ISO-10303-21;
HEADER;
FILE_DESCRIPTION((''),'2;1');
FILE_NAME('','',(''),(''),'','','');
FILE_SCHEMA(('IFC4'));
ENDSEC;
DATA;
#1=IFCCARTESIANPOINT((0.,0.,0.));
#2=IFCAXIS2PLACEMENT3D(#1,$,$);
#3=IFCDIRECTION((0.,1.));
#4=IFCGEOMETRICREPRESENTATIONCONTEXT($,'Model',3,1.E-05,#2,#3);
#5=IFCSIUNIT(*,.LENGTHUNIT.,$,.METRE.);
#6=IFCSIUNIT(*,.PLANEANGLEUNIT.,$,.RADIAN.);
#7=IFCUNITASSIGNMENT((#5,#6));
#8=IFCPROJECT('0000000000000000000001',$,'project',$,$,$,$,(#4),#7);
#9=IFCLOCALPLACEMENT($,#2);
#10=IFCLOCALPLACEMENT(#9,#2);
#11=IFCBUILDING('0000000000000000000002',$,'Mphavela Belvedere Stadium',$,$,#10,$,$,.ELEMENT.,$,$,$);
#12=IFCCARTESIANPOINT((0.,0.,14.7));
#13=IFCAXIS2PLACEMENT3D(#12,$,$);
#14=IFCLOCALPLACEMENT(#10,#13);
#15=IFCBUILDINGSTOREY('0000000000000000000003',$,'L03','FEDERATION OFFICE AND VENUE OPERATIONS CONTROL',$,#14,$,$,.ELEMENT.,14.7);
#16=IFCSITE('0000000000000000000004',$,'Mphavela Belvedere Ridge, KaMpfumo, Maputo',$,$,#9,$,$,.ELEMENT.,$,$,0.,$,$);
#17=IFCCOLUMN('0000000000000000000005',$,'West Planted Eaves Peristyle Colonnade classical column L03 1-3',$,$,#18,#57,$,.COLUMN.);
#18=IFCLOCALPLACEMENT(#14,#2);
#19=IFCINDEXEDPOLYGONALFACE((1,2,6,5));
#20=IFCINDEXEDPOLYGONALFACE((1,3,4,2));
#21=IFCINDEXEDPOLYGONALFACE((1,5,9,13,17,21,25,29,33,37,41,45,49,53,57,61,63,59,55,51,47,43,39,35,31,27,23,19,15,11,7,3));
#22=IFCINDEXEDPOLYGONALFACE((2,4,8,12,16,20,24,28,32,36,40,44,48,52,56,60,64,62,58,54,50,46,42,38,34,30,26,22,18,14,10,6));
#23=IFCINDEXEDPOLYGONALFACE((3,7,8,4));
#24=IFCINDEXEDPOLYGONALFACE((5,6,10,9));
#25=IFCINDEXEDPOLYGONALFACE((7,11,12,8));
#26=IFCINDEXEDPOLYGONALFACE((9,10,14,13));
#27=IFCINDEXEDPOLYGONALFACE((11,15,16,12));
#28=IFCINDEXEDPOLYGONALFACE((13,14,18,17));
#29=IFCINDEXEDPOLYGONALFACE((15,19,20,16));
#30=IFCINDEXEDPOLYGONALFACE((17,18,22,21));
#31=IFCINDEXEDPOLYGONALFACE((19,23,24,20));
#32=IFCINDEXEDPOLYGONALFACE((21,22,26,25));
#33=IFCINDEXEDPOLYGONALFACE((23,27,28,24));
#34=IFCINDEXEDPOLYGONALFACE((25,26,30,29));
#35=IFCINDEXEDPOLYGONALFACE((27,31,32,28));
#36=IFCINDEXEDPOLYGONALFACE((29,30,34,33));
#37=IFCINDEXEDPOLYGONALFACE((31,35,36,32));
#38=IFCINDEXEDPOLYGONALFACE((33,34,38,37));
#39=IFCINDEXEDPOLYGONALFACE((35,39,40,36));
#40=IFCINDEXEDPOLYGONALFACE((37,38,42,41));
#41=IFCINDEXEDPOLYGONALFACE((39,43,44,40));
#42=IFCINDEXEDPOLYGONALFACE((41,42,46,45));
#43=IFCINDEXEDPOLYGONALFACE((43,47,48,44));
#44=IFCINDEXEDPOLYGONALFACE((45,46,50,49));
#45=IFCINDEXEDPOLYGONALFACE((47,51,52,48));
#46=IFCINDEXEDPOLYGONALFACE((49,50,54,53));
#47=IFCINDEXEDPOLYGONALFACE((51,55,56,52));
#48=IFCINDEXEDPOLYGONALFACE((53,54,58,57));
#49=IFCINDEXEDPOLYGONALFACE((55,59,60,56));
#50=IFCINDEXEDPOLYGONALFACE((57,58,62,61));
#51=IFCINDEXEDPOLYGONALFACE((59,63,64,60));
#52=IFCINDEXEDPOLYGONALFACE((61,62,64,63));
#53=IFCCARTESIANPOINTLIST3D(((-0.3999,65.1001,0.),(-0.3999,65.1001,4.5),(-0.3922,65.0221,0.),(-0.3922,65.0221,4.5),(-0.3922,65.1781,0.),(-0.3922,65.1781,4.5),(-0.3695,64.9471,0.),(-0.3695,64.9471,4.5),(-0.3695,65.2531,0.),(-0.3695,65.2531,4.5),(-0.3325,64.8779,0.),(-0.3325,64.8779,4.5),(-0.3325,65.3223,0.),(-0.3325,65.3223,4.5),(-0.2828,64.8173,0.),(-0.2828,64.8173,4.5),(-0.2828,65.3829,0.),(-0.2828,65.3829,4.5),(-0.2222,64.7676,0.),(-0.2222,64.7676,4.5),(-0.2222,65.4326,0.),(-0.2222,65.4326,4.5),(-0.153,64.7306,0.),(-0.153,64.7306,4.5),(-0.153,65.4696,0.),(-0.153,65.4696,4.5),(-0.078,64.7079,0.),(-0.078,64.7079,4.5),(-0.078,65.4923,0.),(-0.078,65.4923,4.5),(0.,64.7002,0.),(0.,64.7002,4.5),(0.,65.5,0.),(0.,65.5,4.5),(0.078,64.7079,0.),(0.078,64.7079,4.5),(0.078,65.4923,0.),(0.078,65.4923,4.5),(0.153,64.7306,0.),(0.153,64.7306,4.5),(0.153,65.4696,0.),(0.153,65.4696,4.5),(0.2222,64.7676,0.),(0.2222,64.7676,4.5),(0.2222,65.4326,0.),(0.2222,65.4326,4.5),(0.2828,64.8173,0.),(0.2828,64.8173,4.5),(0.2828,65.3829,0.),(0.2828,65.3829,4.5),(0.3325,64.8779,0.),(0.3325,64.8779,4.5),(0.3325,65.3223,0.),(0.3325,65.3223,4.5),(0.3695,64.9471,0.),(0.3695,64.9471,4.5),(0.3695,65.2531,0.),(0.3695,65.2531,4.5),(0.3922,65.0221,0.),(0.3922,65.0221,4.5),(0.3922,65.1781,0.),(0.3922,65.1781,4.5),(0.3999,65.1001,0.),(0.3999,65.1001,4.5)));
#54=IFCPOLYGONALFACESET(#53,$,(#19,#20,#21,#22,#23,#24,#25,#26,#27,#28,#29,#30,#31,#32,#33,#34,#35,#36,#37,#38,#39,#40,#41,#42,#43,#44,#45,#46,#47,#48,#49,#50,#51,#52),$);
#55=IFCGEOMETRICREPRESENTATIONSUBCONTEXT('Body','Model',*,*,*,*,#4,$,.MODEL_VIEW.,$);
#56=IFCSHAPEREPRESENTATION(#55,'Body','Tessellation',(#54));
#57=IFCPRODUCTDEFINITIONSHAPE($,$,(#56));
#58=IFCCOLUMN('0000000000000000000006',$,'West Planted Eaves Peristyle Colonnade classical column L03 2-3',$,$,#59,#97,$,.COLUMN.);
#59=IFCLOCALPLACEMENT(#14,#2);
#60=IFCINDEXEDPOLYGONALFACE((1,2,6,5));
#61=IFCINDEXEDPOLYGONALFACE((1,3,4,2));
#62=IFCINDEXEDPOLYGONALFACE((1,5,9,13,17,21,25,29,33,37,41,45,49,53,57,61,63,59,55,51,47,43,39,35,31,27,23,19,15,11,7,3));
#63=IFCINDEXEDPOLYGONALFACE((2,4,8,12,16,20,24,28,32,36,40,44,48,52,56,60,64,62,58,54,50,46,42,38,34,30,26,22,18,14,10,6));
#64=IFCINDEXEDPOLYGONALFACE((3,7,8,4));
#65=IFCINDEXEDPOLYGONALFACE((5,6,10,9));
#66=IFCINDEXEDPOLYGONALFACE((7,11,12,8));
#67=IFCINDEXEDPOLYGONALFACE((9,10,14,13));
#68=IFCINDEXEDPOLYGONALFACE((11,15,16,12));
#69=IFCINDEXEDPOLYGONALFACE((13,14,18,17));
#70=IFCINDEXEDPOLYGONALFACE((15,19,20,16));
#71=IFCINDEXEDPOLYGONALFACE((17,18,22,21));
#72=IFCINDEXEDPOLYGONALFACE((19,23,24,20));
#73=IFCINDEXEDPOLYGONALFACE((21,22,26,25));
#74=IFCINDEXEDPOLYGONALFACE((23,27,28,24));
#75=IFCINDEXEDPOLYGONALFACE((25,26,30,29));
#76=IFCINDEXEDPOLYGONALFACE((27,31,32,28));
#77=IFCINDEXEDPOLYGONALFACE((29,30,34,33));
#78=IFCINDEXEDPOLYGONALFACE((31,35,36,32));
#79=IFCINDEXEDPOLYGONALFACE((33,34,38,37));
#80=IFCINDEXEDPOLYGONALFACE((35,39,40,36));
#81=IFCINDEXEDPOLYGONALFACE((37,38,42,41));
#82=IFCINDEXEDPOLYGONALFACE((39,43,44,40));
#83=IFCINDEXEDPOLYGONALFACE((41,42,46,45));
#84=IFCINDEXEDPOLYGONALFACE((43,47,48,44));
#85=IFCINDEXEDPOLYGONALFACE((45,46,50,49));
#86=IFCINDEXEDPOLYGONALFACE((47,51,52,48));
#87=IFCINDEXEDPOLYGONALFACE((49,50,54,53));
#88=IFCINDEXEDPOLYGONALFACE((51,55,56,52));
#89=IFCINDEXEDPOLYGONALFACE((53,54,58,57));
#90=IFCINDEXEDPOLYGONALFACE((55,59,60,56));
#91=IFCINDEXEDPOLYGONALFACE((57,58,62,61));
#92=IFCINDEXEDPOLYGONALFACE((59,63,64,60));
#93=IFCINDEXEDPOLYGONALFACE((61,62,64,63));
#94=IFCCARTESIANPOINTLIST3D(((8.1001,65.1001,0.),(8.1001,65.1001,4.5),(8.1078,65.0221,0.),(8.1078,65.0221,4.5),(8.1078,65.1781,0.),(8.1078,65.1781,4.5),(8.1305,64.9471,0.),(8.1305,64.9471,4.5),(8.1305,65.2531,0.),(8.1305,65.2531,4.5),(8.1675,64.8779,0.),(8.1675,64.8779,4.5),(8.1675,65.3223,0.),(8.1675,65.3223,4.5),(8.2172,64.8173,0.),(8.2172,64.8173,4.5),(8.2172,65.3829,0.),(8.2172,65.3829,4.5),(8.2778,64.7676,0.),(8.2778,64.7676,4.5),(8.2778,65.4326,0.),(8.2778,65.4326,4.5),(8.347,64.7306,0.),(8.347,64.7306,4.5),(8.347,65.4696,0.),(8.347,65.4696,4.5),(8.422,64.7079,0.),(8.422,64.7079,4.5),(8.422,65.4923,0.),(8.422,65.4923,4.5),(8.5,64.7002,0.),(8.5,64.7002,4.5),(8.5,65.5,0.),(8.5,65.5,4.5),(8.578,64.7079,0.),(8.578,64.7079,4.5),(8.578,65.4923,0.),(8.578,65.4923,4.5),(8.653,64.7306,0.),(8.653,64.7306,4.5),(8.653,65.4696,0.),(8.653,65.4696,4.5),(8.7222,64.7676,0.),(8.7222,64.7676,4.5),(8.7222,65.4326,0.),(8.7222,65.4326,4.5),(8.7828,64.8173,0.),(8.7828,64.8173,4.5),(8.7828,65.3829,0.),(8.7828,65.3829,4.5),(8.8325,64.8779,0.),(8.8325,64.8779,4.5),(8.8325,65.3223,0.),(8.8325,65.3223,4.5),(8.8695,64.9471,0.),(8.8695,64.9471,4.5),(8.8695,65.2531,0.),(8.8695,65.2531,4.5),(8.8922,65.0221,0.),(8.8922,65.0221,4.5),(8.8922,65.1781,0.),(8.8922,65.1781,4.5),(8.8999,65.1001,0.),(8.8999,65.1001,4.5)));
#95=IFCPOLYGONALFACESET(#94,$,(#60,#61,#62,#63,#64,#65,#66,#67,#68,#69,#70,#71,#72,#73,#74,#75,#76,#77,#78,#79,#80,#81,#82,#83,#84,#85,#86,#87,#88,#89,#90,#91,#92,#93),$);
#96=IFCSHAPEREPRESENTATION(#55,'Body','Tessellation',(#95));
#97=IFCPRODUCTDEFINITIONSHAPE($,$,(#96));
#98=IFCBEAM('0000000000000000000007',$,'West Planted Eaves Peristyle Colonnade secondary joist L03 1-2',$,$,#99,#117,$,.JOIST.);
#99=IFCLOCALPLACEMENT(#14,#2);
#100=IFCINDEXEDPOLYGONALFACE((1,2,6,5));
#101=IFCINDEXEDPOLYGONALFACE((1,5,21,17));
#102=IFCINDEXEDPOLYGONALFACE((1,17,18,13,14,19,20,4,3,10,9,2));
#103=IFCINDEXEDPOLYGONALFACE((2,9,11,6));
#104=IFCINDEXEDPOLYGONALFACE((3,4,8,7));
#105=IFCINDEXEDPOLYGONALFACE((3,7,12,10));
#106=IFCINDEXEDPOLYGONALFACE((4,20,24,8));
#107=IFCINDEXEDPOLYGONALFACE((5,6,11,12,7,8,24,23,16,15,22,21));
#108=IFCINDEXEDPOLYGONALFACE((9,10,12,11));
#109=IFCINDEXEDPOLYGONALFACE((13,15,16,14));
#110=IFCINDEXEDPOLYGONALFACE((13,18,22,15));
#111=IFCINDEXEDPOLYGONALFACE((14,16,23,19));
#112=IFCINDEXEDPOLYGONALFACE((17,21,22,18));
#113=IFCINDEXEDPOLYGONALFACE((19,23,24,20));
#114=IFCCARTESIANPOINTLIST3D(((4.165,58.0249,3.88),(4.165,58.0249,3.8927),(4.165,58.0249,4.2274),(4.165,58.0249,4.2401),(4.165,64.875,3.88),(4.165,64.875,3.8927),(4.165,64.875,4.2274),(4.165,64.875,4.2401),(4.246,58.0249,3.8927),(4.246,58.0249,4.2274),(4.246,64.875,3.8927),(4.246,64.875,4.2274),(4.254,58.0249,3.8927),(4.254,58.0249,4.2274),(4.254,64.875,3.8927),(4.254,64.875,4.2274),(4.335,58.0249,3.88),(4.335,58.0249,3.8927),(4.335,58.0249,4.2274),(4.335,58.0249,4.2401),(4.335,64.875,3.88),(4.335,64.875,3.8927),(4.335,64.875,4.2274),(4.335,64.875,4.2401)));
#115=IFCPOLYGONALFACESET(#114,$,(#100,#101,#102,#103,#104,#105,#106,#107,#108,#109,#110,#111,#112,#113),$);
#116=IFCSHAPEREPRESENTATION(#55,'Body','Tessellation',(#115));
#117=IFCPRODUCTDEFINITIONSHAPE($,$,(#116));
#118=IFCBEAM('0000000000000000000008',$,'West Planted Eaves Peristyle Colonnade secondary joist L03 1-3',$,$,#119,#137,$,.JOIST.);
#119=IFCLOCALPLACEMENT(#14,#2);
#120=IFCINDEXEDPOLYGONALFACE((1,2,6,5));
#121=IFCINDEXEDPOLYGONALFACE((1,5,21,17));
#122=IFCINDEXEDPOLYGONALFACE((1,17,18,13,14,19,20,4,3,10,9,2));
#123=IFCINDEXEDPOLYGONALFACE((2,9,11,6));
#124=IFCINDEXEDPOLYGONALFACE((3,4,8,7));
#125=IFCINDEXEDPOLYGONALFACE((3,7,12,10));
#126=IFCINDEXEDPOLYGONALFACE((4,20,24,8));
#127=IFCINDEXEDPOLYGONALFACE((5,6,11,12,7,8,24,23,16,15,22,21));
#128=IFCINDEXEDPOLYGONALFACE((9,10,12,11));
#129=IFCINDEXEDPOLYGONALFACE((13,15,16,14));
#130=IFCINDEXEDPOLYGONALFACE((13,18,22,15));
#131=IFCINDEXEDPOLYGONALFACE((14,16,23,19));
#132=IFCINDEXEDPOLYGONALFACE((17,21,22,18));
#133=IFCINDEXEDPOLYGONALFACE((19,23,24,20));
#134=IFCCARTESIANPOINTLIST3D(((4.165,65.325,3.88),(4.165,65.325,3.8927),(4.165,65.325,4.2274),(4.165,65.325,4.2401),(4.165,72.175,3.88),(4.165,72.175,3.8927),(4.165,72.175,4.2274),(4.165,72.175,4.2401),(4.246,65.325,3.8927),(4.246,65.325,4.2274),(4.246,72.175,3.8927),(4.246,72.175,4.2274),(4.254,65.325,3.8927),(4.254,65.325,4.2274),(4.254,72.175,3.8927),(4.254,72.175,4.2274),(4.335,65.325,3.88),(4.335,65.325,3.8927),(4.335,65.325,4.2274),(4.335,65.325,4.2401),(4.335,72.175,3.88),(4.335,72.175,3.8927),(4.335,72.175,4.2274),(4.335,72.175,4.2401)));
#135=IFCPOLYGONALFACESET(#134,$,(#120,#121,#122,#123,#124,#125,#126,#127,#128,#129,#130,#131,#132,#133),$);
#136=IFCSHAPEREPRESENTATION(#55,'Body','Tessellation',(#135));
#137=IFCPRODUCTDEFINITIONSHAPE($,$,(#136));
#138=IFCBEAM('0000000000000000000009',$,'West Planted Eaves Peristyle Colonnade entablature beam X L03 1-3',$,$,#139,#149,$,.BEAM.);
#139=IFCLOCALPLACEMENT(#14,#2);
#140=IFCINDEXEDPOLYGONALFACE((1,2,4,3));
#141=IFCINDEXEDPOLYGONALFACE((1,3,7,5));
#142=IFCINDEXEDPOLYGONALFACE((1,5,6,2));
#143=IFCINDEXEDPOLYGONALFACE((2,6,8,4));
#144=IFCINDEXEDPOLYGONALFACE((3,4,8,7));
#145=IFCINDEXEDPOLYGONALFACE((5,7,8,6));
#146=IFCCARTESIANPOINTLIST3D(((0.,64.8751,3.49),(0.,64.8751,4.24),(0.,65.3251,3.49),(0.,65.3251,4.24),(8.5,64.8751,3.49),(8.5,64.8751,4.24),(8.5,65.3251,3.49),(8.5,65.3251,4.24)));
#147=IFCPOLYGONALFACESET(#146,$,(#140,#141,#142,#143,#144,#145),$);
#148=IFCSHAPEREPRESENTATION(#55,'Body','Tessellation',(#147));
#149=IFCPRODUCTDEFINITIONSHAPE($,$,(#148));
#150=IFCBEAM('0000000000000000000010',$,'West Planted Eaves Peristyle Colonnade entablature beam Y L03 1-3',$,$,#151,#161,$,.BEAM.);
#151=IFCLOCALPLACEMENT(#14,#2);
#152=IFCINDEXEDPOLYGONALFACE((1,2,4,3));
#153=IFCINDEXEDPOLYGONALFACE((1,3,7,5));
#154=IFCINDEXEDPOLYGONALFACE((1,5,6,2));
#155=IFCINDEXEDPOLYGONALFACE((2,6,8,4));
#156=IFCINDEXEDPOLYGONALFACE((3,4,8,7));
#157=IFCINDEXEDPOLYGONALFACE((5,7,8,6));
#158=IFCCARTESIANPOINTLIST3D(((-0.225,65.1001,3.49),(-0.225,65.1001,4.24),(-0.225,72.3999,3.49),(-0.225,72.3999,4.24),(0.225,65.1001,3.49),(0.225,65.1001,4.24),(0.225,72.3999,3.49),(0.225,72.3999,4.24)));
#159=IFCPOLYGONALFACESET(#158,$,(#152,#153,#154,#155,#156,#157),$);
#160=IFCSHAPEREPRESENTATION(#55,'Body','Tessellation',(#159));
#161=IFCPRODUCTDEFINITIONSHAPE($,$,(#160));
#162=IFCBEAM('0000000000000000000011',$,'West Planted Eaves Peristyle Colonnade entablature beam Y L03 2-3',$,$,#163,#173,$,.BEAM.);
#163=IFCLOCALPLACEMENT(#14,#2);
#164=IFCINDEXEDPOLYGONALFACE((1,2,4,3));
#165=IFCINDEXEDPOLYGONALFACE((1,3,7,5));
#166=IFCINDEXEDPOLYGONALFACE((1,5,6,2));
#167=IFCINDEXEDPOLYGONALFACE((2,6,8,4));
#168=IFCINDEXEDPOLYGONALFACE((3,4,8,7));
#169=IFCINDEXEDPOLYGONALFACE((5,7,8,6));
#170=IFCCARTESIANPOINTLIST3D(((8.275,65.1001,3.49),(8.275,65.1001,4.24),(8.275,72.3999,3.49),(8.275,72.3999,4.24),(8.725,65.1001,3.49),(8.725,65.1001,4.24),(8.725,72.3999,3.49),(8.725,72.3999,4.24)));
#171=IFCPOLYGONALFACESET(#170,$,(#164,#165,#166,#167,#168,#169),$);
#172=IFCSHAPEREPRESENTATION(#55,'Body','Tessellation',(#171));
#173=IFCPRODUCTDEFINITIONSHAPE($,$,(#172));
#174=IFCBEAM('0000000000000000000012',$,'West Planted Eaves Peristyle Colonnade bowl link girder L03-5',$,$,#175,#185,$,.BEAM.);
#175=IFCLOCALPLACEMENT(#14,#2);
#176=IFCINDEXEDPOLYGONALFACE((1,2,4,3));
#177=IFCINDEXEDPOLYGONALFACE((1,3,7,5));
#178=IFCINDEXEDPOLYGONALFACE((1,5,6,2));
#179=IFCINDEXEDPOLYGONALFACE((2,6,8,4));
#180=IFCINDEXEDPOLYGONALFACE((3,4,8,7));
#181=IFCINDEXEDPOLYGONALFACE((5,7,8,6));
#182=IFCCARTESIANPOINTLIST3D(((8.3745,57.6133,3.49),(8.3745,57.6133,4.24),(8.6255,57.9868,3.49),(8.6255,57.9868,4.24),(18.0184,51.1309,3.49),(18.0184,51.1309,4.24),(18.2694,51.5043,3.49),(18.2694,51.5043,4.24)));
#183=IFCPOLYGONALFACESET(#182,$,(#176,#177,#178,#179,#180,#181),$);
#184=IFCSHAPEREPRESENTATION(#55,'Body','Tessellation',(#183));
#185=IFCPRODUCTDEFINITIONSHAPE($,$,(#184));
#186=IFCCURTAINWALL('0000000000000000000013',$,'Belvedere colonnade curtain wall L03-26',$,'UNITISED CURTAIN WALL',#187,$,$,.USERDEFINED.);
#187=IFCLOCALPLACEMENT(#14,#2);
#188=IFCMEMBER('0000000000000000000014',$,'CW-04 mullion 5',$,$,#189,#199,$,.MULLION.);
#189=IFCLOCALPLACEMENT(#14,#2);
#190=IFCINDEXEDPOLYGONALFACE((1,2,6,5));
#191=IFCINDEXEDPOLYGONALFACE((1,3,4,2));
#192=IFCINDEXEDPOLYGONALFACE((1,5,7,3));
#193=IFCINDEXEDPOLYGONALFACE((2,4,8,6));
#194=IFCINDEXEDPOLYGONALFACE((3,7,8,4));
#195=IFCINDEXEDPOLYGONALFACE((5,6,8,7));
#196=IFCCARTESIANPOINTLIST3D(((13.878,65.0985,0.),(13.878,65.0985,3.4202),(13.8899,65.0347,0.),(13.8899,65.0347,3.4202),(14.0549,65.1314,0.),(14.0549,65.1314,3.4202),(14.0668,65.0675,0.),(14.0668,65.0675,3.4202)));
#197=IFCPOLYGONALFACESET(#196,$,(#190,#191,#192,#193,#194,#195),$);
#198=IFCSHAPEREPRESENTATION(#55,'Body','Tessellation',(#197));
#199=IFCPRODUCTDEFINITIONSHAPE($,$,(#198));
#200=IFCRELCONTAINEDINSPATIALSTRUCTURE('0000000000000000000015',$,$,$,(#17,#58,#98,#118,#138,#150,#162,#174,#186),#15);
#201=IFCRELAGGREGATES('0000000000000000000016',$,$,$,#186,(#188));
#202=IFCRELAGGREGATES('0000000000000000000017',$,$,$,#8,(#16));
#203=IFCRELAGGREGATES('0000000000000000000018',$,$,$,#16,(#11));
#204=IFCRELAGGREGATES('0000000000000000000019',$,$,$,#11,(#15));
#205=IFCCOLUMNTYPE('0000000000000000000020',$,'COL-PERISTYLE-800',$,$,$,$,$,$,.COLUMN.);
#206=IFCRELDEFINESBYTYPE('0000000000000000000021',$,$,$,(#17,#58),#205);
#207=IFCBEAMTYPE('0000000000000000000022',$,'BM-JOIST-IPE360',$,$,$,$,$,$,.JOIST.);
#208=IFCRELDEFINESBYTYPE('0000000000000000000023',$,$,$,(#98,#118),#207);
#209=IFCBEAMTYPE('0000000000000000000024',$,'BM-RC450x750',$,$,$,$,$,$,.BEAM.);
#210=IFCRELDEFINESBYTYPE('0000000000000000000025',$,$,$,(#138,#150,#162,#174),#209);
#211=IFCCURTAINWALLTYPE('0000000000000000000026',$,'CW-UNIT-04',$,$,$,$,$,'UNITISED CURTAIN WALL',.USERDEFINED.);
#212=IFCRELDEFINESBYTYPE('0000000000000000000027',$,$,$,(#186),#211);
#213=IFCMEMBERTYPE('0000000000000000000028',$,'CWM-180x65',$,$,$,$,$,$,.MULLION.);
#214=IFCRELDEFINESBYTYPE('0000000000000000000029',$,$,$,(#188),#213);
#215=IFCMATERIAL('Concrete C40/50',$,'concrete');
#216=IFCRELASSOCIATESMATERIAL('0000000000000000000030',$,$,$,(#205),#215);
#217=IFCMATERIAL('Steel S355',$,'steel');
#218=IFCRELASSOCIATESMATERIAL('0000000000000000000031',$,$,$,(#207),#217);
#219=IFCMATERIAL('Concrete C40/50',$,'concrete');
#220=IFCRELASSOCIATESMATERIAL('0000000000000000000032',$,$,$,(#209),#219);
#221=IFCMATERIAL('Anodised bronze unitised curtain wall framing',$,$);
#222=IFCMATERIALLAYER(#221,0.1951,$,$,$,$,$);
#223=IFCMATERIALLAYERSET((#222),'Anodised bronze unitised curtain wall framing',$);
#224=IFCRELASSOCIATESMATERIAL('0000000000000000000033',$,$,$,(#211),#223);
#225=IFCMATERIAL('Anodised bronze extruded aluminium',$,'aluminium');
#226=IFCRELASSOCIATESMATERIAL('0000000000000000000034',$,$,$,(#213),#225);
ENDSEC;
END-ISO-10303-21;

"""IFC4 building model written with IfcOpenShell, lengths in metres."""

from ifc_helpers import new_model, si_unit, direction, frame, origin, origin_2d, place, context, subcontext, project, spatial, rectangle, circle, i_section, extrude, material, layer, layer_set, material_profile, profile_set, type_object, element, aggregate, save


model = new_model("IFC4")

# Units and contexts
model_context = context("Model", 3, precision=1e-05, world=origin(), true_north=direction((0.0, 1.0)))
body_context = subcontext(model_context, "Body", "Model", "MODEL_VIEW")
ifc_project = project(units=[si_unit("LENGTHUNIT", "METRE"), si_unit("PLANEANGLEUNIT", "RADIAN")], contexts=[model_context])

# Site, building, storey
site_placement = place(None, origin())
site = spatial("IfcSite", under=ifc_project, at=site_placement, Name="Mphavela Belvedere Ridge, KaMpfumo, Maputo", CompositionType="ELEMENT", RefElevation=0.0)
building_placement = place(site_placement, origin())
building = spatial("IfcBuilding", under=site, at=building_placement, Name="Mphavela Belvedere Stadium", CompositionType="ELEMENT")
storey_placement = place(building_placement, frame((0.0, 0.0, 14.7)))
storey = spatial("IfcBuildingStorey", under=building, at=storey_placement, Name="L03", Description="FEDERATION OFFICE AND VENUE OPERATIONS CONTROL", CompositionType="ELEMENT", Elevation=14.7)

# Columns
ifc_material_1 = material(Name="Concrete C40/50", Category="concrete")
ifc_material_profile_1 = material_profile(ifc_material_1, circle(Radius=0.3999, at=origin_2d()), Name="COL D800")
ifc_profile_set_1 = profile_set([ifc_material_profile_1], Name="Concrete C40/50")
column_type = type_object("IfcColumnType", Name="COL-PERISTYLE-800", PredefinedType="COLUMN", material=ifc_profile_set_1)
for number, where, z_axis, x_axis, name in (
    (1, (0.0, 65.1001, 0.0), (0.0, 0.0, 1.0), (1.0, 0.0, 0.0), "West Planted Eaves Peristyle Colonnade classical column L03 1-3"),
    (2, (8.5, 65.1001, 0.0), (0.0, 0.0, 1.0), (1.0, 0.0, 0.0), "West Planted Eaves Peristyle Colonnade classical column L03 2-3"),
):
    element("IfcColumn", number, at=place(storey_placement, frame(where, z_axis=z_axis, x_axis=x_axis)), inside=storey, type_object=column_type, Name=name, PredefinedType="COLUMN", context=body_context, shape_type="SweptSolid", body=[
        extrude(circle(Radius=0.3999, at=origin_2d()), origin(), (0.0, 0.0, 1.0), 4.5),
    ])

# Beams
ifc_material_2 = material(Name="Steel S355", Category="steel")
ifc_material_profile_2 = material_profile(ifc_material_2, i_section(OverallWidth=0.1699, OverallDepth=0.3601, WebThickness=0.0081, FlangeThickness=0.0127, at=origin_2d()), Name="IPE 360")
ifc_profile_set_2 = profile_set([ifc_material_profile_2], Name="Steel S355")
beam_type_1 = type_object("IfcBeamType", Name="BM-JOIST-IPE360", PredefinedType="JOIST", material=ifc_profile_set_2)
for number, where, z_axis, x_axis, name in (
    (3, (4.25, 58.0249, 4.0601), (0.0, 1.0, 0.0), (-1.0, 0.0, 0.0), "West Planted Eaves Peristyle Colonnade secondary joist L03 1-2"),
    (4, (4.25, 65.325, 4.0601), (0.0, 1.0, 0.0), (-1.0, 0.0, 0.0), "West Planted Eaves Peristyle Colonnade secondary joist L03 1-3"),
):
    element("IfcBeam", number, at=place(storey_placement, frame(where, z_axis=z_axis, x_axis=x_axis)), inside=storey, type_object=beam_type_1, Name=name, PredefinedType="JOIST", context=body_context, shape_type="SweptSolid", body=[
        extrude(i_section(OverallWidth=0.1699, OverallDepth=0.3601, WebThickness=0.0081, FlangeThickness=0.0127, at=origin_2d()), origin(), (0.0, 0.0, 1.0), 6.8501),
    ])
ifc_material_3 = material(Name="Concrete C40/50", Category="concrete")
ifc_material_profile_3 = material_profile(ifc_material_3, rectangle(XDim=0.45, YDim=0.75, at=origin_2d()), Name="RC 450x750")
ifc_profile_set_3 = profile_set([ifc_material_profile_3], Name="Concrete C40/50")
beam_type_2 = type_object("IfcBeamType", Name="BM-RC450x750", PredefinedType="BEAM", material=ifc_profile_set_3)
beam_1_placement = place(storey_placement, frame((0.0, 65.1001, 3.865), z_axis=(1.0, 0.0, 0.0), x_axis=(0.0, 1.0, 0.0)))
element("IfcBeam", 5, at=beam_1_placement, inside=storey, type_object=beam_type_2, Name="West Planted Eaves Peristyle Colonnade entablature beam X L03 1-3", PredefinedType="BEAM", context=body_context, shape_type="SweptSolid", body=[
    extrude(rectangle(XDim=0.45, YDim=0.75, at=origin_2d()), origin(), (0.0, 0.0, 1.0), 8.5),
])
for number, where, z_axis, x_axis, name in (
    (6, (0.0, 65.1001, 3.865), (0.0, 1.0, 0.0), (-1.0, 0.0, 0.0), "West Planted Eaves Peristyle Colonnade entablature beam Y L03 1-3"),
    (7, (8.5, 65.1001, 3.865), (0.0, 1.0, 0.0), (-1.0, 0.0, 0.0), "West Planted Eaves Peristyle Colonnade entablature beam Y L03 2-3"),
):
    element("IfcBeam", number, at=place(storey_placement, frame(where, z_axis=z_axis, x_axis=x_axis)), inside=storey, type_object=beam_type_2, Name=name, PredefinedType="BEAM", context=body_context, shape_type="SweptSolid", body=[
        extrude(rectangle(XDim=0.45, YDim=0.75, at=origin_2d()), origin(), (0.0, 0.0, 1.0), 7.2998),
    ])
beam_2_placement = place(storey_placement, frame((8.5, 57.8, 3.865), z_axis=(0.82993, -0.557867, 0.0), x_axis=(0.557867, 0.82993, 0.0)))
element("IfcBeam", 8, at=beam_2_placement, inside=storey, type_object=beam_type_2, Name="West Planted Eaves Peristyle Colonnade bowl link girder L03-5", PredefinedType="BEAM", context=body_context, shape_type="SweptSolid", body=[
    extrude(rectangle(XDim=0.45, YDim=0.75, at=origin_2d()), origin(), (0.0, 0.0, 1.0), 11.6201),
])

# Curtain wall, member
ifc_material_4 = material(Name="Anodised bronze unitised curtain wall framing")
ifc_layer_1 = layer(ifc_material_4, 0.1951)
ifc_layer_set_1 = layer_set([ifc_layer_1], Name="Anodised bronze unitised curtain wall framing")
curtain_wall_type = type_object("IfcCurtainWallType", Name="CW-UNIT-04", ElementType="UNITISED CURTAIN WALL", PredefinedType="USERDEFINED", material=ifc_layer_set_1)
curtain_wall_placement = place(storey_placement, origin())
curtain_wall = element("IfcCurtainWall", 9, at=curtain_wall_placement, inside=storey, type_object=curtain_wall_type, Name="Belvedere colonnade curtain wall L03-26", ObjectType="UNITISED CURTAIN WALL", PredefinedType="USERDEFINED")
ifc_material_5 = material(Name="Anodised bronze extruded aluminium", Category="aluminium")
ifc_material_profile_4 = material_profile(ifc_material_5, rectangle(XDim=0.1799, YDim=0.0649, at=origin_2d()), Name="CW-MUL 180x65")
ifc_profile_set_4 = profile_set([ifc_material_profile_4], Name="Anodised bronze extruded aluminium")
member_type_1 = type_object("IfcMemberType", Name="CWM-180x65", PredefinedType="MULLION", material=ifc_profile_set_4)
member_1_placement = place(storey_placement, frame((13.9724, 65.083, 0.0), z_axis=(0.0, 0.0, 1.0), x_axis=(0.983181, 0.182631, 0.0)))
member_1 = element("IfcMember", 10, at=member_1_placement, type_object=member_type_1, Name="CW-04 mullion 5", PredefinedType="MULLION", context=body_context, shape_type="SweptSolid", body=[
    extrude(rectangle(XDim=0.1799, YDim=0.0649, at=origin_2d()), origin(), (0.0, 0.0, 1.0), 3.4202),
])
aggregate(curtain_wall, [member_1])

save(model, "model.ifc")
